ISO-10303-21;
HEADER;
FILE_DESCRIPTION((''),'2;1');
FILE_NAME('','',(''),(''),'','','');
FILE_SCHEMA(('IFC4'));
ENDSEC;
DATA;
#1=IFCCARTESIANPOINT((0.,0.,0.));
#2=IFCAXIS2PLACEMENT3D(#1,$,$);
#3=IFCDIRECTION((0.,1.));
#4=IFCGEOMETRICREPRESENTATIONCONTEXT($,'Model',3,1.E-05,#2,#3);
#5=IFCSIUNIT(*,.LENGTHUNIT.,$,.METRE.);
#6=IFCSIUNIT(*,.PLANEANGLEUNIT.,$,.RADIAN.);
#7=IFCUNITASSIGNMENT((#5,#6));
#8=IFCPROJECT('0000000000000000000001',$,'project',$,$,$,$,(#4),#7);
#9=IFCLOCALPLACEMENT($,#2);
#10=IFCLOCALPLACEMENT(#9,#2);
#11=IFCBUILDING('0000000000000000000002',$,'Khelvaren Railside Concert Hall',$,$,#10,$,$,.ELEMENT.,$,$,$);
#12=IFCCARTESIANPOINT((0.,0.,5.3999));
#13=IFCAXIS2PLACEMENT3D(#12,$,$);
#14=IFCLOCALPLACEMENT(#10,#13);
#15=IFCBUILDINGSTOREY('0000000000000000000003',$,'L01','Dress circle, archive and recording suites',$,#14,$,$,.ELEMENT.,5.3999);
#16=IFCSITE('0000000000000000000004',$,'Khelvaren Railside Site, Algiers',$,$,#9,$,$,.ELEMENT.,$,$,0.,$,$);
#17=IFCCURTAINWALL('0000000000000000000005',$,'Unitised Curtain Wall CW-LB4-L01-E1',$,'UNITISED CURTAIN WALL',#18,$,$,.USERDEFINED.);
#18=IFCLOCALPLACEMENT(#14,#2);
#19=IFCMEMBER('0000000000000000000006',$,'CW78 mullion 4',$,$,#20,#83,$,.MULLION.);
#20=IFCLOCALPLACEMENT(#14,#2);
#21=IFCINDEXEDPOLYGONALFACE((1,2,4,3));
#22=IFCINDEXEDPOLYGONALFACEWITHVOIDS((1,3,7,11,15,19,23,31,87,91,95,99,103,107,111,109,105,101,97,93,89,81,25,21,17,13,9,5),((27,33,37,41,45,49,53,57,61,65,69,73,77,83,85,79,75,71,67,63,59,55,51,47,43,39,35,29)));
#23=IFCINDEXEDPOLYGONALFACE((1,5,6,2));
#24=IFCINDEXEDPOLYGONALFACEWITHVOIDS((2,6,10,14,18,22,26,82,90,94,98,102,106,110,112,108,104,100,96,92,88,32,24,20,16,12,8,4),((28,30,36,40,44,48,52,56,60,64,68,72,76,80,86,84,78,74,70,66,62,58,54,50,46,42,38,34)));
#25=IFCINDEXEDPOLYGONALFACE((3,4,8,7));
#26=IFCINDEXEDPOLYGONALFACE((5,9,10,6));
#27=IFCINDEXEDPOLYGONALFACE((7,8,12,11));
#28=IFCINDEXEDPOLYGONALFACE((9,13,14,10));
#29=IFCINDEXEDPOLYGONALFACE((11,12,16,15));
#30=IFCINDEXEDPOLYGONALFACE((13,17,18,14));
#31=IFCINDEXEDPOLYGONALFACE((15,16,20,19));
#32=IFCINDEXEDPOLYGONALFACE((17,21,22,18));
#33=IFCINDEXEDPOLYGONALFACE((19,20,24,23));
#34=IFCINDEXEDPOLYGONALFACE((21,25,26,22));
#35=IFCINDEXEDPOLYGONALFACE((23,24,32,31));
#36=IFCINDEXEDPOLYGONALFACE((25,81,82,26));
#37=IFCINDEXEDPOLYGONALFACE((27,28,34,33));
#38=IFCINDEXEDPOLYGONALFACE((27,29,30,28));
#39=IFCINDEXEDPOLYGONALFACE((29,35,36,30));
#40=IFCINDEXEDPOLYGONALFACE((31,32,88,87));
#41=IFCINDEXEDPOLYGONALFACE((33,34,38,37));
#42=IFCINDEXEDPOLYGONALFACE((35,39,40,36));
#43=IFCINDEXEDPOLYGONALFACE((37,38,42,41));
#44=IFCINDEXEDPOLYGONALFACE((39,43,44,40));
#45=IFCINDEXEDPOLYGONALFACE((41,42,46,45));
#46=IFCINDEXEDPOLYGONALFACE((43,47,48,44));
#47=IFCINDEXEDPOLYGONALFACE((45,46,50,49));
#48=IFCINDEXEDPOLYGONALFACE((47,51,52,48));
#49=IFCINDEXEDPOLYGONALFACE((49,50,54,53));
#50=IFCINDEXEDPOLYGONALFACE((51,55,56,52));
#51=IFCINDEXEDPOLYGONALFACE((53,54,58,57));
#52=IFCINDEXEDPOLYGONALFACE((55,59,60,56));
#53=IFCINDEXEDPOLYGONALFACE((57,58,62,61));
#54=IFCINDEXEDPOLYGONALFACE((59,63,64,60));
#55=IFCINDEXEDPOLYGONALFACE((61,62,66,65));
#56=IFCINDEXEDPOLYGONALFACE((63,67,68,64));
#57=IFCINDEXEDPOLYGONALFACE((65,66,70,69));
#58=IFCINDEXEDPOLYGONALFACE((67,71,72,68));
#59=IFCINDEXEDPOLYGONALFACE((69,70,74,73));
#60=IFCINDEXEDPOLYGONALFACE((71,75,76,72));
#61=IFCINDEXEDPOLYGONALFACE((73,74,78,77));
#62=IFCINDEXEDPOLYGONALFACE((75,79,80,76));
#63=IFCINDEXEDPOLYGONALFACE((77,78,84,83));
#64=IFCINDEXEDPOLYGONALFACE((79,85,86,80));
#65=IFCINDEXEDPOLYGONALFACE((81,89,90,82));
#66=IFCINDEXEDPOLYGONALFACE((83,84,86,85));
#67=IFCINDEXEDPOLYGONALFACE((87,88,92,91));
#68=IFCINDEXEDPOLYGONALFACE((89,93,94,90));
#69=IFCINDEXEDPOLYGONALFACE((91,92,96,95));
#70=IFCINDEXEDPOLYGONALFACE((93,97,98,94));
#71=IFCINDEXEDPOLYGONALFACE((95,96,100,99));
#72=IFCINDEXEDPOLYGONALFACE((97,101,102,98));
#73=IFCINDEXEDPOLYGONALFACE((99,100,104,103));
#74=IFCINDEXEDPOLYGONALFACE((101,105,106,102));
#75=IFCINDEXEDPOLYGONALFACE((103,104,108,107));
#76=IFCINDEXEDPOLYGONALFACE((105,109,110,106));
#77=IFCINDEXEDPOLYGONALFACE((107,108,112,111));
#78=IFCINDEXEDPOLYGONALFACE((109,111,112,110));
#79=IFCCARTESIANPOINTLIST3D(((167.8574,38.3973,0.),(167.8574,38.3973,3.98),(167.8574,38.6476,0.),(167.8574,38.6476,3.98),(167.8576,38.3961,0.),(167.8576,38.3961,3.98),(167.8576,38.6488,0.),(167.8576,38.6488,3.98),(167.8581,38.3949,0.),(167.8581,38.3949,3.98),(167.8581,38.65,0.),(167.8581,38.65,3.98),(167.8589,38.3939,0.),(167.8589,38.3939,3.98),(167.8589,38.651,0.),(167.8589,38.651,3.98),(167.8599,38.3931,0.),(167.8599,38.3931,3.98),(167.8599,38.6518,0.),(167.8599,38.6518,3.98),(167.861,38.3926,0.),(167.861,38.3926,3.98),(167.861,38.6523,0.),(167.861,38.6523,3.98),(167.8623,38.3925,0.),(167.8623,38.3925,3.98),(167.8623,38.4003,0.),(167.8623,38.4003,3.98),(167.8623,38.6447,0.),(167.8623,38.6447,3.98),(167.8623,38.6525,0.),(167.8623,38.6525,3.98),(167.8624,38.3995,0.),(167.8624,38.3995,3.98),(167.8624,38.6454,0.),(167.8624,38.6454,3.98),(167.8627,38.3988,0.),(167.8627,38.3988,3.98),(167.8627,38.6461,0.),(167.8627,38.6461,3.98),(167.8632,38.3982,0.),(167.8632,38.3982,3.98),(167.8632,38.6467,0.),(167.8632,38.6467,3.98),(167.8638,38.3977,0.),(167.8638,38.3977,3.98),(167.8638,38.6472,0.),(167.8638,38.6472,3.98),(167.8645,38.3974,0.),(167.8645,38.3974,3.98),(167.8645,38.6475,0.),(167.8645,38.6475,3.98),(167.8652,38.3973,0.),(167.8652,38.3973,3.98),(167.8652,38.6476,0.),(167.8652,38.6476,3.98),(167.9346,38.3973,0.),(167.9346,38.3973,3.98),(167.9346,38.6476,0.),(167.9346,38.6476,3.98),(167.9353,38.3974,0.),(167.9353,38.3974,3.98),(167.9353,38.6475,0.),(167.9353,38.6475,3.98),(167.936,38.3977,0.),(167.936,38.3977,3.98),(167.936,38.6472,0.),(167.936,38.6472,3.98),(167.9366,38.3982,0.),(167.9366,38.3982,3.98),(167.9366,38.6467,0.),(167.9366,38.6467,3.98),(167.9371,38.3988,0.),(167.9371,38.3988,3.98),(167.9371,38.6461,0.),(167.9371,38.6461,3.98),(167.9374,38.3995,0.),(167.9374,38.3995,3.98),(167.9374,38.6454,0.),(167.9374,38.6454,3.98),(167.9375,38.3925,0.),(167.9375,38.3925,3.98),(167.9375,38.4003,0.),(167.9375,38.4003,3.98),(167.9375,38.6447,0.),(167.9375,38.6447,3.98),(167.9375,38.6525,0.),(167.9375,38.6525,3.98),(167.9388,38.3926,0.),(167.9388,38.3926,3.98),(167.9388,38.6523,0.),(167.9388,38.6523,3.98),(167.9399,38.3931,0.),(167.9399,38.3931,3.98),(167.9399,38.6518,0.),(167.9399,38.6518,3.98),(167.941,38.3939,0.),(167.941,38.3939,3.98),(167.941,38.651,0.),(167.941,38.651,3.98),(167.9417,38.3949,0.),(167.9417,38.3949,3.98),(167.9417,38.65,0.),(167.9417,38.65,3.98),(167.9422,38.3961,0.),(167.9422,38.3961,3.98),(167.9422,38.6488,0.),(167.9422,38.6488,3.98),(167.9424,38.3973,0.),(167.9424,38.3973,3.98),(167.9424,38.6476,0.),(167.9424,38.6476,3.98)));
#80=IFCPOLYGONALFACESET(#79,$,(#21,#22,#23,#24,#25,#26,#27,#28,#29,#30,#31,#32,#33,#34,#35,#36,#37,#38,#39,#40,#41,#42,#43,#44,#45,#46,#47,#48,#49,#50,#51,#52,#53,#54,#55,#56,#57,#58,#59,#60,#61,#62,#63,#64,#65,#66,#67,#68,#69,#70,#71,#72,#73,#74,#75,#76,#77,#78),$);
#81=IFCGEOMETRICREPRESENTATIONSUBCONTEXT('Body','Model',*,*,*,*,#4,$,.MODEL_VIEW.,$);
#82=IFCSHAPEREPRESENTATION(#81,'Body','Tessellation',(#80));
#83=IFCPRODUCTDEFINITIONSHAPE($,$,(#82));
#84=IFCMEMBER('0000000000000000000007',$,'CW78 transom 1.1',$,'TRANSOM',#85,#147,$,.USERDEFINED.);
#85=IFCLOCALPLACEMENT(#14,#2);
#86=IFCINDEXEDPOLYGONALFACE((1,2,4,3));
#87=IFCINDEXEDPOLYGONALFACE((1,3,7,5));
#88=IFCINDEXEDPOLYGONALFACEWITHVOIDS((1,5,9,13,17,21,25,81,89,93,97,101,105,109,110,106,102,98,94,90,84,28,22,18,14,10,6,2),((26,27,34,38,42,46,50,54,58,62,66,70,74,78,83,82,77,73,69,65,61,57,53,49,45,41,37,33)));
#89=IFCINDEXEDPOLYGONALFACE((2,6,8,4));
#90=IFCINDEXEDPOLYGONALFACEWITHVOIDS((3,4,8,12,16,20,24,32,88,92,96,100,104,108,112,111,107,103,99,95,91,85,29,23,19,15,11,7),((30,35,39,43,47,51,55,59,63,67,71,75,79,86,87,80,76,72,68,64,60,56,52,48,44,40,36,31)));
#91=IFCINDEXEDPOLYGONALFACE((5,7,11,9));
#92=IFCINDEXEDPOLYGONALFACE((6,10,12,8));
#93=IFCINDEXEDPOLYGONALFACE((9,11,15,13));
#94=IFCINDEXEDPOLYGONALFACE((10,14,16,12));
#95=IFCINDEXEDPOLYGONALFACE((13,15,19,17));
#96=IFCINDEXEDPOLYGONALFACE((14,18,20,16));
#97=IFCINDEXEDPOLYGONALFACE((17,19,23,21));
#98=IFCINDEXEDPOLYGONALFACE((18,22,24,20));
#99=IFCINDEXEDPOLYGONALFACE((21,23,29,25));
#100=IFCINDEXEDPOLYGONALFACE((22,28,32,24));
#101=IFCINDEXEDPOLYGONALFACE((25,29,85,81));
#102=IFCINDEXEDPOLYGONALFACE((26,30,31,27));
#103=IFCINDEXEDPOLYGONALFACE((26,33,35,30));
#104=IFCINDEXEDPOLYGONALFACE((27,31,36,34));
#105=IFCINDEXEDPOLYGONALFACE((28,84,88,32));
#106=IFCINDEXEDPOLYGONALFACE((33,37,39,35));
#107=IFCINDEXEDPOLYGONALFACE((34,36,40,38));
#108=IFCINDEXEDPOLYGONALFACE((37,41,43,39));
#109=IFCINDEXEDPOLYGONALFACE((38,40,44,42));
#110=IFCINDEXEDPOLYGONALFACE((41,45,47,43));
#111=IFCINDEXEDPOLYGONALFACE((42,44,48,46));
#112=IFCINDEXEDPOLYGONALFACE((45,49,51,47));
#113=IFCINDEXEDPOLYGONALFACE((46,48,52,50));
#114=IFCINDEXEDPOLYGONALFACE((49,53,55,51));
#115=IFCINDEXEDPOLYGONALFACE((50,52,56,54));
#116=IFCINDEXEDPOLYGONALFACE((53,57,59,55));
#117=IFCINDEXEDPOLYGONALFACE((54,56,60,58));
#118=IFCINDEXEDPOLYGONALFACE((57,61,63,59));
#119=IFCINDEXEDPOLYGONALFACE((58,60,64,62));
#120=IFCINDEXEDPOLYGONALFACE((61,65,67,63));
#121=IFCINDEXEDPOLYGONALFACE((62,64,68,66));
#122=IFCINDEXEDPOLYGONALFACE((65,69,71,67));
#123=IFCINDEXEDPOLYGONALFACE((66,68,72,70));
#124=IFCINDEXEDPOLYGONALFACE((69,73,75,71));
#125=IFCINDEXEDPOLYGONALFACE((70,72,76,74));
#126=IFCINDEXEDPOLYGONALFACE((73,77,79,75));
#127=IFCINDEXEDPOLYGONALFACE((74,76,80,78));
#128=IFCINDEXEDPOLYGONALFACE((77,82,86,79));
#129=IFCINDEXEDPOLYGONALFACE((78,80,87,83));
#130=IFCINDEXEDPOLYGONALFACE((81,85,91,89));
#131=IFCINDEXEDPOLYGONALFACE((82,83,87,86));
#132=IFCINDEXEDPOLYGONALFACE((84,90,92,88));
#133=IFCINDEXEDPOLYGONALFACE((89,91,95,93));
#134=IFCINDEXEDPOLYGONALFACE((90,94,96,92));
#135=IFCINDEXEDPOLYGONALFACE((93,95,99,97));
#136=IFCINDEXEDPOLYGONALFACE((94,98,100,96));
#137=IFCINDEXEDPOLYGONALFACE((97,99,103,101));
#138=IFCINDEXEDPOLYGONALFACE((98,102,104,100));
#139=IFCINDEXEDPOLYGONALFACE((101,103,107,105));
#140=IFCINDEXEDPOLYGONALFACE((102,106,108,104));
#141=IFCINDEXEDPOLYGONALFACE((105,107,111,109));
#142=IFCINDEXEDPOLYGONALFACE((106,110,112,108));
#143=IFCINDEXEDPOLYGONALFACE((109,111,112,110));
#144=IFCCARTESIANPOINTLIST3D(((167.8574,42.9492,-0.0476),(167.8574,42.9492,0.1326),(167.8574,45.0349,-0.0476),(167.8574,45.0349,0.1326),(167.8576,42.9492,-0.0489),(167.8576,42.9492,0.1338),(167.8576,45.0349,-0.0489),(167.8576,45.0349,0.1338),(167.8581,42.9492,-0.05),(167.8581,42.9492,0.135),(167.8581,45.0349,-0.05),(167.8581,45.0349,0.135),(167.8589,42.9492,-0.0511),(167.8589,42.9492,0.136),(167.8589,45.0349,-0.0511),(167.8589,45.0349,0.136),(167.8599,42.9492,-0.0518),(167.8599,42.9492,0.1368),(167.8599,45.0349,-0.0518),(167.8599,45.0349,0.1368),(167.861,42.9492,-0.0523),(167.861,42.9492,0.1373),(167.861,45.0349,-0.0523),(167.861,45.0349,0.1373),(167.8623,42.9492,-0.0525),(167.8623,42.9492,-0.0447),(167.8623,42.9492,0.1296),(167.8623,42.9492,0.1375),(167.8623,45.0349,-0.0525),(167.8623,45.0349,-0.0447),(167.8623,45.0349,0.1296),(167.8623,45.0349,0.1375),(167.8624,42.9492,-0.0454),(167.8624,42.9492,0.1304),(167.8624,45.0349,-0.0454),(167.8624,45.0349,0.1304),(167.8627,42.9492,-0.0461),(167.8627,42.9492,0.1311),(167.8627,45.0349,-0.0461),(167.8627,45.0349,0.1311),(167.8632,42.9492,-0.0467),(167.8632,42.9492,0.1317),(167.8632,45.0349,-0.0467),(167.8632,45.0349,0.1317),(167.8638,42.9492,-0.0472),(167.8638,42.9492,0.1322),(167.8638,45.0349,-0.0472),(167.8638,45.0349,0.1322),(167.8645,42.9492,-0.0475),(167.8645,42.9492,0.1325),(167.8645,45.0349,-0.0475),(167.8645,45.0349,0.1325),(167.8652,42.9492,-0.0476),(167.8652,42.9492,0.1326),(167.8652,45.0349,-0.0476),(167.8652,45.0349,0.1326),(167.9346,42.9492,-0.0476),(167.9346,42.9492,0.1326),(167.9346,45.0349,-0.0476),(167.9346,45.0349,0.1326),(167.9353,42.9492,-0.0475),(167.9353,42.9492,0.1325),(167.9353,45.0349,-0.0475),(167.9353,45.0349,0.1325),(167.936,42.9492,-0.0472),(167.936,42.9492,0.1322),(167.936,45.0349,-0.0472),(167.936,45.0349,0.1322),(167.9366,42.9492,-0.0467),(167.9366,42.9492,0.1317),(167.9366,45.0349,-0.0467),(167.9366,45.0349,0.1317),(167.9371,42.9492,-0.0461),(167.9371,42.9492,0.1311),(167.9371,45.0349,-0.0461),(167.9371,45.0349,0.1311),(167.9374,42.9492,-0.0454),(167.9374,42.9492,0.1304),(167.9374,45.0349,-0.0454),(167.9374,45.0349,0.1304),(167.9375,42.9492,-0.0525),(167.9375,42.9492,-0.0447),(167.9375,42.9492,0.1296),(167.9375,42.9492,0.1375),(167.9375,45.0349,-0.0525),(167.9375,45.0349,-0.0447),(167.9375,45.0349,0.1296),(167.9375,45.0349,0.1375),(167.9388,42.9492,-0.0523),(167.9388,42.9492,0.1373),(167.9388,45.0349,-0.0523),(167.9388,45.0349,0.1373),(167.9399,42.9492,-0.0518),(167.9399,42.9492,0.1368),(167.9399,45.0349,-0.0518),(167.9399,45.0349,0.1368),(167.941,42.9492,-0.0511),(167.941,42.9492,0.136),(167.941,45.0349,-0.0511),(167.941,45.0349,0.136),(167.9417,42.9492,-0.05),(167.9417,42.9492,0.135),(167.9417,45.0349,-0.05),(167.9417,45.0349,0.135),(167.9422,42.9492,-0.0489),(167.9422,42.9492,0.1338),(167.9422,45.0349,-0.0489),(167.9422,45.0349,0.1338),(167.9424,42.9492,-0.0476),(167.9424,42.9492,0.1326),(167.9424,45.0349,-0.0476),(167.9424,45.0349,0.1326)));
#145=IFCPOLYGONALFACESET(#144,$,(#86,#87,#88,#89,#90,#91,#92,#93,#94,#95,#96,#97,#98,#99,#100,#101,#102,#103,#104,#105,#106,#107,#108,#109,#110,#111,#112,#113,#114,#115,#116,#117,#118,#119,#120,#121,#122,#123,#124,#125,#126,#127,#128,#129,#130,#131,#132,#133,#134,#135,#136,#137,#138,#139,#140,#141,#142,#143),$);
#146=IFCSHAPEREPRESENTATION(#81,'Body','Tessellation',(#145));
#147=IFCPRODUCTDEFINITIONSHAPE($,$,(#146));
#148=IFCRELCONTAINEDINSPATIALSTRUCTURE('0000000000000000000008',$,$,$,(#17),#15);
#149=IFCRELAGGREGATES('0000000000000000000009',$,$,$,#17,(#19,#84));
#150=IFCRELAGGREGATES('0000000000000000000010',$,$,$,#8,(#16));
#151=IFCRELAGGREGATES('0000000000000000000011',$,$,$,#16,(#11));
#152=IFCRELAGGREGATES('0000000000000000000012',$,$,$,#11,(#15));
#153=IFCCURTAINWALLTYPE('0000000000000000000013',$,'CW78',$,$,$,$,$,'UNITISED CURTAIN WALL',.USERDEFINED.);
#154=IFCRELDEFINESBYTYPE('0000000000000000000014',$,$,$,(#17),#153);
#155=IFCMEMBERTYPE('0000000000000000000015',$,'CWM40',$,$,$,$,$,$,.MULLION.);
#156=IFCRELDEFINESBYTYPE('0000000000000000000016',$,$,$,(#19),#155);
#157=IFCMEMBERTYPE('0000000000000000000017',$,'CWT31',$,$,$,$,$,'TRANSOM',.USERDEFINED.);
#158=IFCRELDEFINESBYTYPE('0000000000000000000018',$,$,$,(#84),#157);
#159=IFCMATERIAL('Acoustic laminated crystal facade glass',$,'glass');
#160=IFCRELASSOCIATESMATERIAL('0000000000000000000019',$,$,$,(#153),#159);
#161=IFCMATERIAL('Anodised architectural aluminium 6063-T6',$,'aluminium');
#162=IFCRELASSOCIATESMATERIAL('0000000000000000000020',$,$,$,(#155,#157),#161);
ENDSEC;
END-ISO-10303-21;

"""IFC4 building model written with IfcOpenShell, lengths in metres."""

from ifc_helpers import new_model, si_unit, direction, frame, origin, origin_2d, place, context, subcontext, project, spatial, hollow_rectangle, extrude, material, material_profile, profile_set, type_object, element, aggregate, save


model = new_model("IFC4")

# Units and contexts
model_context = context("Model", 3, precision=1e-05, world=origin(), true_north=direction((0.0, 1.0)))
body_context = subcontext(model_context, "Body", "Model", "MODEL_VIEW")
ifc_project = project(units=[si_unit("LENGTHUNIT", "METRE"), si_unit("PLANEANGLEUNIT", "RADIAN")], contexts=[model_context])

# Site, building, storey
site_placement = place(None, origin())
site = spatial("IfcSite", under=ifc_project, at=site_placement, Name="Khelvaren Railside Site, Algiers", CompositionType="ELEMENT", RefElevation=0.0)
building_placement = place(site_placement, origin())
building = spatial("IfcBuilding", under=site, at=building_placement, Name="Khelvaren Railside Concert Hall", CompositionType="ELEMENT")
storey_placement = place(building_placement, frame((0.0, 0.0, 5.3999)))
storey = spatial("IfcBuildingStorey", under=building, at=storey_placement, Name="L01", Description="Dress circle, archive and recording suites", CompositionType="ELEMENT", Elevation=5.3999)

# Curtain wall, members
ifc_material_1 = material(Name="Acoustic laminated crystal facade glass", Category="glass")
curtain_wall_type = type_object("IfcCurtainWallType", Name="CW78", ElementType="UNITISED CURTAIN WALL", PredefinedType="USERDEFINED", material=ifc_material_1)
curtain_wall_placement = place(storey_placement, origin())
curtain_wall = element("IfcCurtainWall", 1, at=curtain_wall_placement, inside=storey, type_object=curtain_wall_type, Name="Unitised Curtain Wall CW-LB4-L01-E1", ObjectType="UNITISED CURTAIN WALL", PredefinedType="USERDEFINED")
ifc_material_2 = material(Name="Anodised architectural aluminium 6063-T6", Category="aluminium")
ifc_material_profile_1 = material_profile(ifc_material_2, hollow_rectangle(XDim=0.085, YDim=0.26, WallThickness=0.0049, InnerFilletRadius=0.0029, OuterFilletRadius=0.0049, at=origin_2d()), Name="CWM 85x260x5")
ifc_profile_set_1 = profile_set([ifc_material_profile_1], Name="Anodised architectural aluminium 6063-T6")
member_type_1 = type_object("IfcMemberType", Name="CWM40", PredefinedType="MULLION", material=ifc_profile_set_1)
member_1_placement = place(storey_placement, frame((167.8999, 38.5225, 0.0), z_axis=(0.0, 0.0, 1.0), x_axis=(1.0, 0.0, 0.0)))
member_1 = element("IfcMember", 2, at=member_1_placement, type_object=member_type_1, Name="CW78 mullion 4", PredefinedType="MULLION", context=body_context, shape_type="SweptSolid", body=[
    extrude(hollow_rectangle(XDim=0.085, YDim=0.26, WallThickness=0.0049, InnerFilletRadius=0.0029, OuterFilletRadius=0.0049, at=origin_2d()), origin(), (0.0, 0.0, 1.0), 3.98),
])
ifc_material_profile_2 = material_profile(ifc_material_2, hollow_rectangle(XDim=0.085, YDim=0.1899, WallThickness=0.0049, InnerFilletRadius=0.0029, OuterFilletRadius=0.0049, at=origin_2d()), Name="CWT 85x190x5")
ifc_profile_set_2 = profile_set([ifc_material_profile_2], Name="Anodised architectural aluminium 6063-T6")
member_type_2 = type_object("IfcMemberType", Name="CWT31", ElementType="TRANSOM", PredefinedType="USERDEFINED", material=ifc_profile_set_2)
member_2_placement = place(storey_placement, frame((167.8999, 45.0349, 0.0425), z_axis=(0.0, -1.0, 0.0), x_axis=(1.0, 0.0, 0.0)))
member_2 = element("IfcMember", 3, at=member_2_placement, type_object=member_type_2, Name="CW78 transom 1.1", ObjectType="TRANSOM", PredefinedType="USERDEFINED", context=body_context, shape_type="SweptSolid", body=[
    extrude(hollow_rectangle(XDim=0.085, YDim=0.1899, WallThickness=0.0049, InnerFilletRadius=0.0029, OuterFilletRadius=0.0049, at=origin_2d()), origin(), (0.0, 0.0, 1.0), 2.0857),
])

aggregate(curtain_wall, [member_1, member_2])

save(model, "model.ifc")
